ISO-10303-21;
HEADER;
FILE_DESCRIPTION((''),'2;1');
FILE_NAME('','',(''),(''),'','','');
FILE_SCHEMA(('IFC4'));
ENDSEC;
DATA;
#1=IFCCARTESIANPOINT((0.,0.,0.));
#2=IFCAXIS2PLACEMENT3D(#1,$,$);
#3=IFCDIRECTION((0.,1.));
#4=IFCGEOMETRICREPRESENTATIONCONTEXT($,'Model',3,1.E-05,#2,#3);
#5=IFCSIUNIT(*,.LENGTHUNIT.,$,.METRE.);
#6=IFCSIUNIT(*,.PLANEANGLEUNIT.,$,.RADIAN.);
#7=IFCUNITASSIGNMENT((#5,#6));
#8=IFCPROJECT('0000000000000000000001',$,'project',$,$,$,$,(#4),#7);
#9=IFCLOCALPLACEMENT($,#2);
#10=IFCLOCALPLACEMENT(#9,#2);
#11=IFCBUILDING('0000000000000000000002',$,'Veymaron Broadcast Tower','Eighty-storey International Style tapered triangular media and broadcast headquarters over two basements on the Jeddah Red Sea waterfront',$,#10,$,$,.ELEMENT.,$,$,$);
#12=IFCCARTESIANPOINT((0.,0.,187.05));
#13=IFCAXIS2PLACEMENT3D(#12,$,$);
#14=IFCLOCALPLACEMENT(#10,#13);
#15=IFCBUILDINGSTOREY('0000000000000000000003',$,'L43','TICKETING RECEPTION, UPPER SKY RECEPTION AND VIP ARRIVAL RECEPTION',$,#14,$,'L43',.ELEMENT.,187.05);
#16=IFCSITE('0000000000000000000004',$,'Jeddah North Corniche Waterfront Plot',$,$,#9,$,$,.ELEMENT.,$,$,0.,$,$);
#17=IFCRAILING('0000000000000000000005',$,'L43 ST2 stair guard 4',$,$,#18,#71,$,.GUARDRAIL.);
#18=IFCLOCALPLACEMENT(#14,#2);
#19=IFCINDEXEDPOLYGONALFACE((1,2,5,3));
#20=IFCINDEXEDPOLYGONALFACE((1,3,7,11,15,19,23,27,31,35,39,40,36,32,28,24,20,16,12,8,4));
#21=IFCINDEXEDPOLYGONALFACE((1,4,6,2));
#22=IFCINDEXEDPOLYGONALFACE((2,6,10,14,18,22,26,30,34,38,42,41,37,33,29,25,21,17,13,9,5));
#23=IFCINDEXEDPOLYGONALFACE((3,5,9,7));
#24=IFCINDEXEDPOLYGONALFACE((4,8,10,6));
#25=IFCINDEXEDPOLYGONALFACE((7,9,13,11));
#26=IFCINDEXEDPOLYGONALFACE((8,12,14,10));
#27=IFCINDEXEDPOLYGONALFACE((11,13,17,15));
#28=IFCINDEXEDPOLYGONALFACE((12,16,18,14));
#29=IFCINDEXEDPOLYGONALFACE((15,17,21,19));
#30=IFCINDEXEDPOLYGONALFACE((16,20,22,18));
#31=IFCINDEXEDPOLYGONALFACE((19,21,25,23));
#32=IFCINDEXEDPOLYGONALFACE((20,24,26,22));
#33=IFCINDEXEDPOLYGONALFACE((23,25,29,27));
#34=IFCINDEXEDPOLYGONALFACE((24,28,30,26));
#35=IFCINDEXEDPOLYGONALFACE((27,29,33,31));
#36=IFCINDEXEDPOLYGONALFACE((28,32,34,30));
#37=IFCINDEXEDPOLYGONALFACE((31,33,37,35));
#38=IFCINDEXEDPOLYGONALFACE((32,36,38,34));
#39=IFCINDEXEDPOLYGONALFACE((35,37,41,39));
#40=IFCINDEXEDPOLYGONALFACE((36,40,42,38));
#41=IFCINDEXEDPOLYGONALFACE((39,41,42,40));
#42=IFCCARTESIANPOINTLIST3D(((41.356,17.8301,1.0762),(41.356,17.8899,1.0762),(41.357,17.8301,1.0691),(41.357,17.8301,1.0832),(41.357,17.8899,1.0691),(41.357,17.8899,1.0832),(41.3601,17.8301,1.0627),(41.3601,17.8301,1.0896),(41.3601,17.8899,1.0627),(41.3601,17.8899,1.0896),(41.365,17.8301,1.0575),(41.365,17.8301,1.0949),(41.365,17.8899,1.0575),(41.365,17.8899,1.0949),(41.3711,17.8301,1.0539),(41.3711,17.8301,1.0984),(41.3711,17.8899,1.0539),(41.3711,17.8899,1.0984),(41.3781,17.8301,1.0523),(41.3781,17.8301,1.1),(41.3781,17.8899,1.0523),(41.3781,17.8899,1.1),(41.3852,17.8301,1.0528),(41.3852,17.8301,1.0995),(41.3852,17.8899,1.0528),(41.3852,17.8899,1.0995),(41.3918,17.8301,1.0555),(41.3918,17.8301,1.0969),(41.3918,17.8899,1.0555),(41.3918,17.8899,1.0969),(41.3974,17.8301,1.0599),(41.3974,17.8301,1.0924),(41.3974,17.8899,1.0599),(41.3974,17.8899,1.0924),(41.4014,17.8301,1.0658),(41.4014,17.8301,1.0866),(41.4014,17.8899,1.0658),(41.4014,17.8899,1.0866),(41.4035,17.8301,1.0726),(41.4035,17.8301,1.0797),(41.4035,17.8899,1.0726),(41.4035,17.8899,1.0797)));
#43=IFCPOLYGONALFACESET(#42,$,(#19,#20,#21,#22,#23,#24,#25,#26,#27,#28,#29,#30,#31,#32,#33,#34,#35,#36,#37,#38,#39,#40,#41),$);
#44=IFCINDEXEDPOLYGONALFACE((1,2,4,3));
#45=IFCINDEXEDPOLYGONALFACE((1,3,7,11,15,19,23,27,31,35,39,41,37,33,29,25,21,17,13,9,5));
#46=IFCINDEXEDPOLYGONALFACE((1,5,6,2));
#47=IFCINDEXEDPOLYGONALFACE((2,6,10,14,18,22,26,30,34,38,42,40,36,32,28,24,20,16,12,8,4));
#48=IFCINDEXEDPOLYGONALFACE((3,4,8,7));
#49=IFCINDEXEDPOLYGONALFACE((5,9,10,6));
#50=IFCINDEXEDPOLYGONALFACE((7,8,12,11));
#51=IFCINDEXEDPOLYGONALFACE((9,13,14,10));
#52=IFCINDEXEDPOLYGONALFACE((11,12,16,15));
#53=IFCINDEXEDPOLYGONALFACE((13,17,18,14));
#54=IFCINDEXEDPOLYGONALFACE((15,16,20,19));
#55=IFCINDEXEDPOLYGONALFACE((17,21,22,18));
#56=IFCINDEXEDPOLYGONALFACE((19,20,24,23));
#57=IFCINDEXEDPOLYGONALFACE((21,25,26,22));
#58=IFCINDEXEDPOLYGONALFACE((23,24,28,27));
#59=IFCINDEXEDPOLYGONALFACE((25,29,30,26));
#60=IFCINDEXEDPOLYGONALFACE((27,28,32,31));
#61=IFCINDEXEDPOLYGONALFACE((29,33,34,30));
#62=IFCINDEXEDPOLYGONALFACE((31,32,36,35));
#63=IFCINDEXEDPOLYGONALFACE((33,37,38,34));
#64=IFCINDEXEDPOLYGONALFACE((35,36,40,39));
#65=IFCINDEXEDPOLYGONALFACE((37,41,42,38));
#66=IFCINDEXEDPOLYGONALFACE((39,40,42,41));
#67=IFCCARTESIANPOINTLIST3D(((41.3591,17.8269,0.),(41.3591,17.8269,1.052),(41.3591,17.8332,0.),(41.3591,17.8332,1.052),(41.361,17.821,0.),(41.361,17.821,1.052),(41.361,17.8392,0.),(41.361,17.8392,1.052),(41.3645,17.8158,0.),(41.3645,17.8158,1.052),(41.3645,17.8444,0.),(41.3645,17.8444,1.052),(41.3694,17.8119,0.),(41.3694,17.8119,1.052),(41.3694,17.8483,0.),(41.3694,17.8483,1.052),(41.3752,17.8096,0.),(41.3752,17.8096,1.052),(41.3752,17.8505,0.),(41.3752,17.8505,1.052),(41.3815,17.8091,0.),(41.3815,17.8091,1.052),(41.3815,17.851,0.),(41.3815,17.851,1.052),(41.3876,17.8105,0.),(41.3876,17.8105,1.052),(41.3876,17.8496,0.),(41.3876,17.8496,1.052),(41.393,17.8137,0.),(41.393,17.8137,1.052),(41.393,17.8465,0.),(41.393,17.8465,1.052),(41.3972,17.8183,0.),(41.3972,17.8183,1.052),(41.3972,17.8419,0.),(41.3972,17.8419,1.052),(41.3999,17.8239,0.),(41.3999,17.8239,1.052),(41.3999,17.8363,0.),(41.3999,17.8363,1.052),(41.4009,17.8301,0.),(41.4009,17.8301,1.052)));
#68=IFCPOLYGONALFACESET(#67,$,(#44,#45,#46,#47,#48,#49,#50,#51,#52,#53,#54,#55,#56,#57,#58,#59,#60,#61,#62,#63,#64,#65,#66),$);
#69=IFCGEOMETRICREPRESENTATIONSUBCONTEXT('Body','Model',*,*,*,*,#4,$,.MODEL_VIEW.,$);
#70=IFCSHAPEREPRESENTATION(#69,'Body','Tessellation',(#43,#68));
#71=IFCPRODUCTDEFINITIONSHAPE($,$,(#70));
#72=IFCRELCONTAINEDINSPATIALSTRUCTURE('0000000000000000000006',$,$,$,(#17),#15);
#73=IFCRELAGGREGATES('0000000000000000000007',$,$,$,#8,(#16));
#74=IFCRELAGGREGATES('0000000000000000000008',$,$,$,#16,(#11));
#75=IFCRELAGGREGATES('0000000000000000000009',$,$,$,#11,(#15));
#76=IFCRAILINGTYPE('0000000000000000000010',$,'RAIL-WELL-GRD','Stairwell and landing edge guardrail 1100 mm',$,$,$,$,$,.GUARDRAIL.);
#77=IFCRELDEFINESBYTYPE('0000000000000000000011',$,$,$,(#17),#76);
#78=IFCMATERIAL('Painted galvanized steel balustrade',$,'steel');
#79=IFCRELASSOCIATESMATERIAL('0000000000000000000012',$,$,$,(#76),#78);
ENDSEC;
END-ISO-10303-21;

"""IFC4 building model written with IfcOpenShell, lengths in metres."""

from ifc_helpers import new_model, si_unit, direction, frame, origin, origin_2d, place, context, subcontext, project, spatial, circle, extrude, material, type_object, element, save


model = new_model("IFC4")

# Units and contexts
model_context = context("Model", 3, precision=1e-05, world=origin(), true_north=direction((0.0, 1.0)))
body_context = subcontext(model_context, "Body", "Model", "MODEL_VIEW")
ifc_project = project(units=[si_unit("LENGTHUNIT", "METRE"), si_unit("PLANEANGLEUNIT", "RADIAN")], contexts=[model_context])

# Site, building, storey
site_placement = place(None, origin())
site = spatial("IfcSite", under=ifc_project, at=site_placement, Name="Jeddah North Corniche Waterfront Plot", CompositionType="ELEMENT", RefElevation=0.0)
building_placement = place(site_placement, origin())
building = spatial("IfcBuilding", under=site, at=building_placement, Name="Veymaron Broadcast Tower", Description="Eighty-storey International Style tapered triangular media and broadcast headquarters over two basements on the Jeddah Red Sea waterfront", CompositionType="ELEMENT")
storey_placement = place(building_placement, frame((0.0, 0.0, 187.05)))
storey = spatial("IfcBuildingStorey", under=building, at=storey_placement, Name="L43", Description="TICKETING RECEPTION, UPPER SKY RECEPTION AND VIP ARRIVAL RECEPTION", LongName="L43", CompositionType="ELEMENT", Elevation=187.05)

# Railing
ifc_material_1 = material(Name="Painted galvanized steel balustrade", Category="steel")
railing_type_1 = type_object("IfcRailingType", Name="RAIL-WELL-GRD", Description="Stairwell and landing edge guardrail 1100 mm", PredefinedType="GUARDRAIL", material=ifc_material_1)
railing_1_placement = place(storey_placement, frame((41.3799, 17.8301, 0.0)))
element("IfcRailing", 1, at=railing_1_placement, inside=storey, type_object=railing_type_1, Name="L43 ST2 stair guard 4", PredefinedType="GUARDRAIL", context=body_context, shape_type="SweptSolid", body=[
    extrude(circle(Radius=0.0239, at=origin_2d()), frame((0.0, 0.0, 1.0762), z_axis=(0.0, 1.0, 0.0), x_axis=(-1.0, 0.0, 0.0)), (0.0, 0.0, 1.0), 0.0598),
    extrude(circle(Radius=0.021, at=origin_2d()), origin(), (0.0, 0.0, 1.0), 1.052),
])

save(model, "model.ifc")
